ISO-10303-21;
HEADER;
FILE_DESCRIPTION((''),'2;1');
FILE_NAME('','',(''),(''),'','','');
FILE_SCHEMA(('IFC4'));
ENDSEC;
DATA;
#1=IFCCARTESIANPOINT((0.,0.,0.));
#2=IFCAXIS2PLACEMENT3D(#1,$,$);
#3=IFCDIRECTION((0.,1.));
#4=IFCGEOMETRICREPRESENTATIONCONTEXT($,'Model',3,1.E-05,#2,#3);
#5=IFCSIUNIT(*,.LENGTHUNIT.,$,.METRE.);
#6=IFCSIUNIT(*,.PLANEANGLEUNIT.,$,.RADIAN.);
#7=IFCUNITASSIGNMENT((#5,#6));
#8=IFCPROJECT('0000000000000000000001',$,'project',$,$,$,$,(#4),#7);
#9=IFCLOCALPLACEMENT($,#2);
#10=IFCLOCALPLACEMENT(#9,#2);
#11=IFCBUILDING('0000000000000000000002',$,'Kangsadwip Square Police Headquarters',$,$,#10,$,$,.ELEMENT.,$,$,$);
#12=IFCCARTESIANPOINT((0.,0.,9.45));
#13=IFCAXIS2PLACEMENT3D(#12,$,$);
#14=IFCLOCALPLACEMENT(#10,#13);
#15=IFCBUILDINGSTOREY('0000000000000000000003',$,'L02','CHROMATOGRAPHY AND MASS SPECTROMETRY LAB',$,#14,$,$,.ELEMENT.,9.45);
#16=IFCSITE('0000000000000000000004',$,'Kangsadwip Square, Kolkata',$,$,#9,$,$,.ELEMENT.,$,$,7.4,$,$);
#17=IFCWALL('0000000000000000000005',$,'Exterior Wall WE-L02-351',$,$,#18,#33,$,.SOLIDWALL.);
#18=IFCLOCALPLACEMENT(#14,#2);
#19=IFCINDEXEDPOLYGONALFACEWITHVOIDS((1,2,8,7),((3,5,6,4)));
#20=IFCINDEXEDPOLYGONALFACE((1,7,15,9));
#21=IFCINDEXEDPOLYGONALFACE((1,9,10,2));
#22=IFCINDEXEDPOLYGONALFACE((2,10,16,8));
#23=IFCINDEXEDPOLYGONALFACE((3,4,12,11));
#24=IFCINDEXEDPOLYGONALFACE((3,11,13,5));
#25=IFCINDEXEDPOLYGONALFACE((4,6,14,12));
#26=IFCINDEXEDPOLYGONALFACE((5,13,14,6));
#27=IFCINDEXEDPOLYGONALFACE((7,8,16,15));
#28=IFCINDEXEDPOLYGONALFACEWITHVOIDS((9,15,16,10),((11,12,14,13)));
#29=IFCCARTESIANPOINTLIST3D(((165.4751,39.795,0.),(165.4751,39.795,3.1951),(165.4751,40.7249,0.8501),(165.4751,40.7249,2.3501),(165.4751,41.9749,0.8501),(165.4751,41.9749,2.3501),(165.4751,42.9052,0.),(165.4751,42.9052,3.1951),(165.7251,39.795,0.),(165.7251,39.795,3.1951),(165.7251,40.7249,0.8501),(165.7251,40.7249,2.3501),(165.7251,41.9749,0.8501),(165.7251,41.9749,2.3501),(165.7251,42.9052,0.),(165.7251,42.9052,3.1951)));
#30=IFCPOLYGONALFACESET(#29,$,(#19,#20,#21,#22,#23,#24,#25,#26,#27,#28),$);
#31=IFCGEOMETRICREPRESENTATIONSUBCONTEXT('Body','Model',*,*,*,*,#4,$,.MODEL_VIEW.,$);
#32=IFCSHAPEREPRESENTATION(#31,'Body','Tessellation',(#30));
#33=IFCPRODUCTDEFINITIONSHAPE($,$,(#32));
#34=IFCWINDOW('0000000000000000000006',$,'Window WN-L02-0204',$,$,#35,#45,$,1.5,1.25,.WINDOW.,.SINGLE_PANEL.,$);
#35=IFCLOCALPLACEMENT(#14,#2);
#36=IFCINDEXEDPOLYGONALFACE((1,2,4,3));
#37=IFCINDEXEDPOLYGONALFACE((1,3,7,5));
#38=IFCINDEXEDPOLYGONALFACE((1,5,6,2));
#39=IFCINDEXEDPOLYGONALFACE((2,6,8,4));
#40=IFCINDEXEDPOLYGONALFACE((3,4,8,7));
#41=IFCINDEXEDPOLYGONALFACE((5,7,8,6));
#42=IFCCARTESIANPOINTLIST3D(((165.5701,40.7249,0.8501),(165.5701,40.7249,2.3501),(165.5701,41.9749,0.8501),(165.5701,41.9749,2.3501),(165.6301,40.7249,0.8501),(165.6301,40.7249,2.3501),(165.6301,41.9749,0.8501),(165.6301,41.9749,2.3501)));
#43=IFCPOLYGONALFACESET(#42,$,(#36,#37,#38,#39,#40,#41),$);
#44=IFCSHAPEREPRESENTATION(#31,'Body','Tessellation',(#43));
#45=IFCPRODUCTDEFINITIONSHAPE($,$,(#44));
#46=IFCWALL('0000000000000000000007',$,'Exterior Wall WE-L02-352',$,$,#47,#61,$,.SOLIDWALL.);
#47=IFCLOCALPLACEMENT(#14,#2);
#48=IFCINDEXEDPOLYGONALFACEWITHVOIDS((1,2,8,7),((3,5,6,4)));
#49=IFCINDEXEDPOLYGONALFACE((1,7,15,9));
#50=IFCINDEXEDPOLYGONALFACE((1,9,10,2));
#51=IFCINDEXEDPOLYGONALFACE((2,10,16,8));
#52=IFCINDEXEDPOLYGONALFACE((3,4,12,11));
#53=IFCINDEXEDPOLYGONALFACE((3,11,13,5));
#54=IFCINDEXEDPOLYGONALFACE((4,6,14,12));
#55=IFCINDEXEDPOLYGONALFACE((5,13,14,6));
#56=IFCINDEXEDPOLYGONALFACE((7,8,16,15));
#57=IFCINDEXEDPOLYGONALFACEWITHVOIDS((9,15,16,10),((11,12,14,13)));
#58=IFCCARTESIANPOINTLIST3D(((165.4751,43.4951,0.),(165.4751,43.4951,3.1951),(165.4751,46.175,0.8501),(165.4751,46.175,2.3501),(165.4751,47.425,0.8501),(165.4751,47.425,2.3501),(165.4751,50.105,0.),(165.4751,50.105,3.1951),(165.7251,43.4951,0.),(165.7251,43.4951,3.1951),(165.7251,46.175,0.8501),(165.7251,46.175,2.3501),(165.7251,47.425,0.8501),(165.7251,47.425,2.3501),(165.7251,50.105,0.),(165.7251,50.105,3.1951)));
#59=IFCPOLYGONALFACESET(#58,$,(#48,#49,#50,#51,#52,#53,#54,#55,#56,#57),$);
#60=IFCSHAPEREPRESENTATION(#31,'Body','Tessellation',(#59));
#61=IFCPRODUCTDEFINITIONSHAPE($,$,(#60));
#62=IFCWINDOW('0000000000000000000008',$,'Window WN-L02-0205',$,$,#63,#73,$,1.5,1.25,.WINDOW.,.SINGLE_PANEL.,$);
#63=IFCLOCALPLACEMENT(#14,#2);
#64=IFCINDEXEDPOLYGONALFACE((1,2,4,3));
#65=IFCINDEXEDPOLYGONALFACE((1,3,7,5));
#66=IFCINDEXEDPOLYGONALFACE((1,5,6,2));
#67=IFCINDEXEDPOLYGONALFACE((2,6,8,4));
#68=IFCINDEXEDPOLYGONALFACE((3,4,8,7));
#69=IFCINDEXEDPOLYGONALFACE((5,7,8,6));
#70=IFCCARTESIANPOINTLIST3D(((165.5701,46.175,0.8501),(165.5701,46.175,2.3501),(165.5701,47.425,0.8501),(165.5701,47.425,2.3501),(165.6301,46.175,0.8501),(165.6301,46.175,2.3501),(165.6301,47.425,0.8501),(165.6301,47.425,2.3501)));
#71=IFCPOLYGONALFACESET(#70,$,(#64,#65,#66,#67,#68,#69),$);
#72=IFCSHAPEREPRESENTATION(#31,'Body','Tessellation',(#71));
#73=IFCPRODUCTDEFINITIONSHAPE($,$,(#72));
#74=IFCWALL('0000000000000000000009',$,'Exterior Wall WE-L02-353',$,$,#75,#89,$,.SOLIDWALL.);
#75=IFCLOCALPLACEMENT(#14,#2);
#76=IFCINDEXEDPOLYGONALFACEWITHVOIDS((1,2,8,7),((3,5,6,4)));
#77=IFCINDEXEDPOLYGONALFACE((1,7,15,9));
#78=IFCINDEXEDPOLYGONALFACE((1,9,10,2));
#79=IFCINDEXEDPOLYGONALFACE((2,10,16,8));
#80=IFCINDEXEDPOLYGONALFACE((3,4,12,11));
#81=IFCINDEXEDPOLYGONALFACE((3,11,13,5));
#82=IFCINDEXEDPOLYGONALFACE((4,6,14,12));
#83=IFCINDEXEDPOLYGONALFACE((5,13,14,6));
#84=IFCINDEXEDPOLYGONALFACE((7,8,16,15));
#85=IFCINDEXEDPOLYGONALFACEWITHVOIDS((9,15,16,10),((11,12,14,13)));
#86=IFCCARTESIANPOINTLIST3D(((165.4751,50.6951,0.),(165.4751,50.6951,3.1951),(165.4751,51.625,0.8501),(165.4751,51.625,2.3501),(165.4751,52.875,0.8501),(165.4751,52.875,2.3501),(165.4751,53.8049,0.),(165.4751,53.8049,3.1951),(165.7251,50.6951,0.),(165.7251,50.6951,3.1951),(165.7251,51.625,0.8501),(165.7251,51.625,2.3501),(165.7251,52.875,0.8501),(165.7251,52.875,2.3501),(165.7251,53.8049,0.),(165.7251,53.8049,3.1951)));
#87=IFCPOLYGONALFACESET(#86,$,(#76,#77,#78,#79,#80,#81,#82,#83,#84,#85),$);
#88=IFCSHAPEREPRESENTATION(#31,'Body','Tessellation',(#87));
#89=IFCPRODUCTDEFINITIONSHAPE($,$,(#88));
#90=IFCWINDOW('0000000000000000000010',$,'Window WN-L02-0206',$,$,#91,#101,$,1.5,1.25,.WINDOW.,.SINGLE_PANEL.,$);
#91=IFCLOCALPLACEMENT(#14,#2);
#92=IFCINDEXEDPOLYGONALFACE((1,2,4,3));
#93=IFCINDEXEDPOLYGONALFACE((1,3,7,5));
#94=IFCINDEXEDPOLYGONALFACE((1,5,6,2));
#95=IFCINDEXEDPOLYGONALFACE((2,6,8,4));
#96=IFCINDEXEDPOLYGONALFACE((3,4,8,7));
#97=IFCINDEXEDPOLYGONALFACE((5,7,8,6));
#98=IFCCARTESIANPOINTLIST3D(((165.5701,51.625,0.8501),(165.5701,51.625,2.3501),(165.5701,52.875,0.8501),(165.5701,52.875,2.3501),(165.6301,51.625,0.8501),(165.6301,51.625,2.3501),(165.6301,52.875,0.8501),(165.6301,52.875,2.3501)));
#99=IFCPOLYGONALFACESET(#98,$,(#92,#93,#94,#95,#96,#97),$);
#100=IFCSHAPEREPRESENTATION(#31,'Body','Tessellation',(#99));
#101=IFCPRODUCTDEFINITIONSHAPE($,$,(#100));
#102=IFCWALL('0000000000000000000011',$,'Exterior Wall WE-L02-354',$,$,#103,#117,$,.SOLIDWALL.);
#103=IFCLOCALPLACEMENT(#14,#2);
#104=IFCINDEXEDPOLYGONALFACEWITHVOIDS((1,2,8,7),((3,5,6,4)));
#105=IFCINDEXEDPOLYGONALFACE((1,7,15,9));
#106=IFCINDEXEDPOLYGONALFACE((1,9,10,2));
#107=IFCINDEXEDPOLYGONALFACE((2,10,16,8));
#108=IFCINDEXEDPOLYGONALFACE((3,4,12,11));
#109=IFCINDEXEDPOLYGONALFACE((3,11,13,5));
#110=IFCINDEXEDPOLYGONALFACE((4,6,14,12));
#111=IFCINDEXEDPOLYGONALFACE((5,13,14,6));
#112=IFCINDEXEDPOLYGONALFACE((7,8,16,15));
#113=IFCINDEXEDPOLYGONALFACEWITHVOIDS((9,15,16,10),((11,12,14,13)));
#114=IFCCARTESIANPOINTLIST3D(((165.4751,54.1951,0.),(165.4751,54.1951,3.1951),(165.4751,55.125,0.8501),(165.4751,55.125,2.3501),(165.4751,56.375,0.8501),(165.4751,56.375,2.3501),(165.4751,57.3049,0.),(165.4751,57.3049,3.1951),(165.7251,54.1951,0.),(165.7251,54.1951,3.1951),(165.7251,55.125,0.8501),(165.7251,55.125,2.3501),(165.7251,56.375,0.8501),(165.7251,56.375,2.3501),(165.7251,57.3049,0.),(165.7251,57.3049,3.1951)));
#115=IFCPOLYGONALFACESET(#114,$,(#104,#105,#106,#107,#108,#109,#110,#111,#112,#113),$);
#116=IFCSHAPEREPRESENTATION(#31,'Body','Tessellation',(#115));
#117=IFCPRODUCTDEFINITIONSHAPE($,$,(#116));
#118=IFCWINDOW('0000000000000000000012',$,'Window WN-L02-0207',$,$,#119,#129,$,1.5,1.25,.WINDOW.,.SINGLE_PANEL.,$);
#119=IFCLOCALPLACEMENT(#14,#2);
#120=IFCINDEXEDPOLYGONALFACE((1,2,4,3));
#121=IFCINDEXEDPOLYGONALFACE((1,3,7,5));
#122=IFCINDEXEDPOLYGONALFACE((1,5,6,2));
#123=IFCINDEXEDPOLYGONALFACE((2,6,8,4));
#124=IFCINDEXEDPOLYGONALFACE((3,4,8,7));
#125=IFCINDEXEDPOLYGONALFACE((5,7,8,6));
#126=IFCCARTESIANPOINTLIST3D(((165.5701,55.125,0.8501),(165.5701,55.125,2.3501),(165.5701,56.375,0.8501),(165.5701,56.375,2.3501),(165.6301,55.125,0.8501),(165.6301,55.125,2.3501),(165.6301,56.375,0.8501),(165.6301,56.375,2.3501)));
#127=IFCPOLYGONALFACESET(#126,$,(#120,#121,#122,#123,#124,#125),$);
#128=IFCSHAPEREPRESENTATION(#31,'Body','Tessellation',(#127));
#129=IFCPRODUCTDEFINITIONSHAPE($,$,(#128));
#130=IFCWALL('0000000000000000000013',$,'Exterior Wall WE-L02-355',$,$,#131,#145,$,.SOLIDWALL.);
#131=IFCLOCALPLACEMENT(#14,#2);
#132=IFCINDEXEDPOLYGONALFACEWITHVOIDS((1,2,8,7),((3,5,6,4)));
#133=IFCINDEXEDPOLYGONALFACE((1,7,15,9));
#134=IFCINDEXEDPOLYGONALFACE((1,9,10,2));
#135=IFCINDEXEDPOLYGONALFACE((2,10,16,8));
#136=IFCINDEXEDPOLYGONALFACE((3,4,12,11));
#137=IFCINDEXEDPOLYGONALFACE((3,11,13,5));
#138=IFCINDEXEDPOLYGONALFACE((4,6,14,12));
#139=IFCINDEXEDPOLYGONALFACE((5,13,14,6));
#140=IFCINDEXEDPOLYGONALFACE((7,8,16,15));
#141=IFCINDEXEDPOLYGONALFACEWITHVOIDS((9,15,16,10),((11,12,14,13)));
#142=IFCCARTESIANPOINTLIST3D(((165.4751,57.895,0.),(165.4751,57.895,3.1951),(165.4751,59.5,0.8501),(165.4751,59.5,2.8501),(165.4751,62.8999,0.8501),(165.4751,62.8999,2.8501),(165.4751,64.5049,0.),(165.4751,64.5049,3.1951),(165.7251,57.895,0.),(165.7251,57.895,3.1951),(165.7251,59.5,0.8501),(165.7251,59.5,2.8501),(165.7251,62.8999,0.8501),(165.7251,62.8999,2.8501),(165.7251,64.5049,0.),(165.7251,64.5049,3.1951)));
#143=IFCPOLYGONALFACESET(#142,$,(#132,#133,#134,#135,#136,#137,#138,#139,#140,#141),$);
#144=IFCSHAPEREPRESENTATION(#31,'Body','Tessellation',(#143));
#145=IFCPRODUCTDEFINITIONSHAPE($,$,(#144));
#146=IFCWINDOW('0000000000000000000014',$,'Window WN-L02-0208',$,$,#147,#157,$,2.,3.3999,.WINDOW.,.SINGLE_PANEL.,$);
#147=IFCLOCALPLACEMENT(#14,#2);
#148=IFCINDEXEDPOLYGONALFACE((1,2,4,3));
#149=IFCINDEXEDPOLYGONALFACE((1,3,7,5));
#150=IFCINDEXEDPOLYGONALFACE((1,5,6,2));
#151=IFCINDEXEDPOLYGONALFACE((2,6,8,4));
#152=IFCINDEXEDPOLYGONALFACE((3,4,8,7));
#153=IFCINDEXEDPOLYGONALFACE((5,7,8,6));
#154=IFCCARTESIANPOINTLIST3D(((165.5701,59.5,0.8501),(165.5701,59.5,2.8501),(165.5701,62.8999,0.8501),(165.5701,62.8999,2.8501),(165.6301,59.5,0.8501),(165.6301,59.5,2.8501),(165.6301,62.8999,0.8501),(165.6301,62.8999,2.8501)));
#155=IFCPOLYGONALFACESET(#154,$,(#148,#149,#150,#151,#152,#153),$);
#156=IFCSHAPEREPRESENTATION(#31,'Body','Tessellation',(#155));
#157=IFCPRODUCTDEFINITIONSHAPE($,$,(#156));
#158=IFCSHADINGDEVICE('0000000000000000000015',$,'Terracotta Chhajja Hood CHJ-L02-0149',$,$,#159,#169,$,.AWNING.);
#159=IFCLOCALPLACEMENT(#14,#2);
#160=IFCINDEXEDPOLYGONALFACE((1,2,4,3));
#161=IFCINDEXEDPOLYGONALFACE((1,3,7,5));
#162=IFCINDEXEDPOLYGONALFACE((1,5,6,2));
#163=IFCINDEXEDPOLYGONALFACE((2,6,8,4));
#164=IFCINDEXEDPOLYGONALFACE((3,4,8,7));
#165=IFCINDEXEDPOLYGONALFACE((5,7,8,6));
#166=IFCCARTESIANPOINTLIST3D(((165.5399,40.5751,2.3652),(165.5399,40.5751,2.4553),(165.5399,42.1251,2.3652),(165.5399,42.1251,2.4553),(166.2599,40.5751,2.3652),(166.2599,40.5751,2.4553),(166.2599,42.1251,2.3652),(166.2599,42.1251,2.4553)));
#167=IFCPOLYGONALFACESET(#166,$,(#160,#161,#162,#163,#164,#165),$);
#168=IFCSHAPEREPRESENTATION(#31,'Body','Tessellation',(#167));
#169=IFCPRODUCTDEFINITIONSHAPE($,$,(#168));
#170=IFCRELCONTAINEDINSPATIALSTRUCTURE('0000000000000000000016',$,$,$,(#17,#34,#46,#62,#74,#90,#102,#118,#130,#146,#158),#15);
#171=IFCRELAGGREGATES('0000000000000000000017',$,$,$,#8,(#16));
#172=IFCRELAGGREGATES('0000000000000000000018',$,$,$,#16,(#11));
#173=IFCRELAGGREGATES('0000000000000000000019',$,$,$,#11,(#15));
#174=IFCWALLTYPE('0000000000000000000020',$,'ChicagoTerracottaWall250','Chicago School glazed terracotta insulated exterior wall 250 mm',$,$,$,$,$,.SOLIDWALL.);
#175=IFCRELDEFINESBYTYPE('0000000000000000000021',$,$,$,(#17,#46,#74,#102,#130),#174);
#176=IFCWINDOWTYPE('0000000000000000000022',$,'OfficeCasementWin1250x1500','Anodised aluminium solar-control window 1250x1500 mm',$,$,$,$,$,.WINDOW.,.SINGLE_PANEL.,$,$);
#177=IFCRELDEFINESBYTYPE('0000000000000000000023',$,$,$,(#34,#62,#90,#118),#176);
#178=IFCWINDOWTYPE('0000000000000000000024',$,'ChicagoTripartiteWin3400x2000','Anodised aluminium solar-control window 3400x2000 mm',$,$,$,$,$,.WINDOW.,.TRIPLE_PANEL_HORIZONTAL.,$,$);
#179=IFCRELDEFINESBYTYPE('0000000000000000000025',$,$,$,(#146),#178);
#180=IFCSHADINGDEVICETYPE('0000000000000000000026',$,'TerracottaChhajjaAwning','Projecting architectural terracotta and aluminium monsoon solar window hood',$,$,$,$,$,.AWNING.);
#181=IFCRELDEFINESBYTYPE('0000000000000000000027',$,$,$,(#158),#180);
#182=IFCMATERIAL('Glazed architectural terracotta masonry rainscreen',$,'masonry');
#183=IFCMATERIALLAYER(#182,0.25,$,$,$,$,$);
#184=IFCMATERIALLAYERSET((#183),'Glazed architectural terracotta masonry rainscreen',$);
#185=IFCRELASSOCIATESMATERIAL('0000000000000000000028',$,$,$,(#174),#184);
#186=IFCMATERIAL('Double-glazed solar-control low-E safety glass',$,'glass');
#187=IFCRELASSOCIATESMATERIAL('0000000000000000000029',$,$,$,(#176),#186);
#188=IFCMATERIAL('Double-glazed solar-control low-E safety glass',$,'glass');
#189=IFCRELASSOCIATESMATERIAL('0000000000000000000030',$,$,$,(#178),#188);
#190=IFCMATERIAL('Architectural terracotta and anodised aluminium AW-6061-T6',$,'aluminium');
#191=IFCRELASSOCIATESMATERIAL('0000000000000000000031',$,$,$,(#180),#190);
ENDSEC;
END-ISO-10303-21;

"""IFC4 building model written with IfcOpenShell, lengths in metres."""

from ifc_helpers import new_model, si_unit, direction, frame, frame_2d, origin, origin_2d, place, context, subcontext, project, spatial, rectangle, extrude, material, layer, layer_set, type_object, element, fill, save


model = new_model("IFC4")

# Units and contexts
model_context = context("Model", 3, precision=1e-05, world=origin(), true_north=direction((0.0, 1.0)))
body_context = subcontext(model_context, "Body", "Model", "MODEL_VIEW")
ifc_project = project(units=[si_unit("LENGTHUNIT", "METRE"), si_unit("PLANEANGLEUNIT", "RADIAN")], contexts=[model_context])

# Site, building, storey
site_placement = place(None, origin())
site = spatial("IfcSite", under=ifc_project, at=site_placement, Name="Kangsadwip Square, Kolkata", CompositionType="ELEMENT", RefElevation=7.4)
building_placement = place(site_placement, origin())
building = spatial("IfcBuilding", under=site, at=building_placement, Name="Kangsadwip Square Police Headquarters", CompositionType="ELEMENT")
storey_placement = place(building_placement, frame((0.0, 0.0, 9.45)))
storey = spatial("IfcBuildingStorey", under=building, at=storey_placement, Name="L02", Description="CHROMATOGRAPHY AND MASS SPECTROMETRY LAB", CompositionType="ELEMENT", Elevation=9.45)

# Walls, openings, windows
ifc_material_1 = material(Name="Glazed architectural terracotta masonry rainscreen", Category="masonry")
ifc_layer = layer(ifc_material_1, 0.25)
ifc_layer_set = layer_set([ifc_layer], Name="Glazed architectural terracotta masonry rainscreen")
wall_type = type_object("IfcWallType", Name="ChicagoTerracottaWall250", Description="Chicago School glazed terracotta insulated exterior wall 250 mm", PredefinedType="SOLIDWALL", material=ifc_layer_set)
wall_1_placement = place(storey_placement, frame((165.6001, 39.7949, 0.0), z_axis=(0.0, 0.0, 1.0), x_axis=(0.0, 1.0, 0.0)))
wall_1 = element("IfcWall", 1, at=wall_1_placement, inside=storey, type_object=wall_type, Name="Exterior Wall WE-L02-351", PredefinedType="SOLIDWALL", context=body_context, shape_type="SweptSolid", body=[
    extrude(rectangle(XDim=3.1101, YDim=0.25, at=frame_2d((1.5552, 0.0))), origin(), (0.0, 0.0, 1.0), 3.1951),
])
opening_1_placement = place(wall_1_placement, frame((0.9299, 0.0, 0.8501)))
opening_1 = element("IfcOpeningElement", 2, at=opening_1_placement, cuts=wall_1, PredefinedType="OPENING", context=body_context, shape_type="SweptSolid", body=[
    extrude(rectangle(XDim=1.25, YDim=1.5, at=frame_2d((0.625, 0.75))), frame((0.0, 0.135, 0.0), z_axis=(0.0, -1.0, 0.0), x_axis=(1.0, 0.0, 0.0)), (0.0, 0.0, 1.0), 0.27),
])
ifc_material_2 = material(Name="Double-glazed solar-control low-E safety glass", Category="glass")
window_type_1 = type_object("IfcWindowType", Name="OfficeCasementWin1250x1500", Description="Anodised aluminium solar-control window 1250x1500 mm", PartitioningType="SINGLE_PANEL", PredefinedType="WINDOW", material=ifc_material_2)
window_1_placement = place(opening_1_placement, origin())
window_1 = element("IfcWindow", 3, at=window_1_placement, inside=storey, type_object=window_type_1, Name="Window WN-L02-0204", OverallHeight=1.5, OverallWidth=1.25, PartitioningType="SINGLE_PANEL", PredefinedType="WINDOW", context=body_context, shape_type="SweptSolid", body=[
    extrude(rectangle(XDim=1.25, YDim=1.5, at=frame_2d((0.625, 0.75))), frame((0.0, 0.03, 0.0), z_axis=(0.0, -1.0, 0.0), x_axis=(1.0, 0.0, 0.0)), (0.0, 0.0, 1.0), 0.0601),
])
fill(opening_1, window_1)
wall_2_placement = place(storey_placement, frame((165.6001, 43.4951, 0.0), z_axis=(0.0, 0.0, 1.0), x_axis=(0.0, 1.0, 0.0)))
wall_2 = element("IfcWall", 4, at=wall_2_placement, inside=storey, type_object=wall_type, Name="Exterior Wall WE-L02-352", PredefinedType="SOLIDWALL", context=body_context, shape_type="SweptSolid", body=[
    extrude(rectangle(XDim=6.6099, YDim=0.25, at=frame_2d((3.3049, 0.0))), origin(), (0.0, 0.0, 1.0), 3.1951),
])
opening_2_placement = place(wall_2_placement, frame((2.6799, 0.0, 0.8501)))
opening_2 = element("IfcOpeningElement", 5, at=opening_2_placement, cuts=wall_2, PredefinedType="OPENING", context=body_context, shape_type="SweptSolid", body=[
    extrude(rectangle(XDim=1.25, YDim=1.5, at=frame_2d((0.625, 0.75))), frame((0.0, 0.135, 0.0), z_axis=(0.0, -1.0, 0.0), x_axis=(1.0, 0.0, 0.0)), (0.0, 0.0, 1.0), 0.27),
])
window_2_placement = place(opening_2_placement, origin())
window_2 = element("IfcWindow", 6, at=window_2_placement, inside=storey, type_object=window_type_1, Name="Window WN-L02-0205", OverallHeight=1.5, OverallWidth=1.25, PartitioningType="SINGLE_PANEL", PredefinedType="WINDOW", context=body_context, shape_type="SweptSolid", body=[
    extrude(rectangle(XDim=1.25, YDim=1.5, at=frame_2d((0.625, 0.75))), frame((0.0, 0.03, 0.0), z_axis=(0.0, -1.0, 0.0), x_axis=(1.0, 0.0, 0.0)), (0.0, 0.0, 1.0), 0.0601),
])
fill(opening_2, window_2)
wall_3_placement = place(storey_placement, frame((165.6001, 50.6951, 0.0), z_axis=(0.0, 0.0, 1.0), x_axis=(0.0, 1.0, 0.0)))
wall_3 = element("IfcWall", 7, at=wall_3_placement, inside=storey, type_object=wall_type, Name="Exterior Wall WE-L02-353", PredefinedType="SOLIDWALL", context=body_context, shape_type="SweptSolid", body=[
    extrude(rectangle(XDim=3.1099, YDim=0.25, at=frame_2d((1.5549, 0.0))), origin(), (0.0, 0.0, 1.0), 3.1951),
])
opening_3_placement = place(wall_3_placement, frame((0.9299, 0.0, 0.8501)))
opening_3 = element("IfcOpeningElement", 8, at=opening_3_placement, cuts=wall_3, PredefinedType="OPENING", context=body_context, shape_type="SweptSolid", body=[
    extrude(rectangle(XDim=1.25, YDim=1.5, at=frame_2d((0.625, 0.75))), frame((0.0, 0.135, 0.0), z_axis=(0.0, -1.0, 0.0), x_axis=(1.0, 0.0, 0.0)), (0.0, 0.0, 1.0), 0.27),
])
window_3_placement = place(opening_3_placement, origin())
window_3 = element("IfcWindow", 9, at=window_3_placement, inside=storey, type_object=window_type_1, Name="Window WN-L02-0206", OverallHeight=1.5, OverallWidth=1.25, PartitioningType="SINGLE_PANEL", PredefinedType="WINDOW", context=body_context, shape_type="SweptSolid", body=[
    extrude(rectangle(XDim=1.25, YDim=1.5, at=frame_2d((0.625, 0.75))), frame((0.0, 0.03, 0.0), z_axis=(0.0, -1.0, 0.0), x_axis=(1.0, 0.0, 0.0)), (0.0, 0.0, 1.0), 0.0601),
])
fill(opening_3, window_3)
wall_4_placement = place(storey_placement, frame((165.6001, 54.1951, 0.0), z_axis=(0.0, 0.0, 1.0), x_axis=(0.0, 1.0, 0.0)))
wall_4 = element("IfcWall", 10, at=wall_4_placement, inside=storey, type_object=wall_type, Name="Exterior Wall WE-L02-354", PredefinedType="SOLIDWALL", context=body_context, shape_type="SweptSolid", body=[
    extrude(rectangle(XDim=3.1099, YDim=0.25, at=frame_2d((1.5549, 0.0))), origin(), (0.0, 0.0, 1.0), 3.1951),
])
opening_4_placement = place(wall_4_placement, frame((0.9299, 0.0, 0.8501)))
opening_4 = element("IfcOpeningElement", 11, at=opening_4_placement, cuts=wall_4, PredefinedType="OPENING", context=body_context, shape_type="SweptSolid", body=[
    extrude(rectangle(XDim=1.25, YDim=1.5, at=frame_2d((0.625, 0.75))), frame((0.0, 0.135, 0.0), z_axis=(0.0, -1.0, 0.0), x_axis=(1.0, 0.0, 0.0)), (0.0, 0.0, 1.0), 0.27),
])
window_4_placement = place(opening_4_placement, origin())
window_4 = element("IfcWindow", 12, at=window_4_placement, inside=storey, type_object=window_type_1, Name="Window WN-L02-0207", OverallHeight=1.5, OverallWidth=1.25, PartitioningType="SINGLE_PANEL", PredefinedType="WINDOW", context=body_context, shape_type="SweptSolid", body=[
    extrude(rectangle(XDim=1.25, YDim=1.5, at=frame_2d((0.625, 0.75))), frame((0.0, 0.03, 0.0), z_axis=(0.0, -1.0, 0.0), x_axis=(1.0, 0.0, 0.0)), (0.0, 0.0, 1.0), 0.0601),
])
fill(opening_4, window_4)
wall_5_placement = place(storey_placement, frame((165.6001, 57.895, 0.0), z_axis=(0.0, 0.0, 1.0), x_axis=(0.0, 1.0, 0.0)))
wall_5 = element("IfcWall", 13, at=wall_5_placement, inside=storey, type_object=wall_type, Name="Exterior Wall WE-L02-355", PredefinedType="SOLIDWALL", context=body_context, shape_type="SweptSolid", body=[
    extrude(rectangle(XDim=6.6099, YDim=0.25, at=frame_2d((3.3049, 0.0))), origin(), (0.0, 0.0, 1.0), 3.1951),
])
opening_5_placement = place(wall_5_placement, frame((1.605, 0.0, 0.8501)))
opening_5 = element("IfcOpeningElement", 14, at=opening_5_placement, cuts=wall_5, PredefinedType="OPENING", context=body_context, shape_type="SweptSolid", body=[
    extrude(rectangle(XDim=3.3999, YDim=2.0, at=frame_2d((1.7, 1.0))), frame((0.0, 0.135, 0.0), z_axis=(0.0, -1.0, 0.0), x_axis=(1.0, 0.0, 0.0)), (0.0, 0.0, 1.0), 0.27),
])
ifc_material_3 = material(Name="Double-glazed solar-control low-E safety glass", Category="glass")
window_type_2 = type_object("IfcWindowType", Name="ChicagoTripartiteWin3400x2000", Description="Anodised aluminium solar-control window 3400x2000 mm", PartitioningType="TRIPLE_PANEL_HORIZONTAL", PredefinedType="WINDOW", material=ifc_material_3)
window_5_placement = place(opening_5_placement, origin())
window_5 = element("IfcWindow", 15, at=window_5_placement, inside=storey, type_object=window_type_2, Name="Window WN-L02-0208", OverallHeight=2.0, OverallWidth=3.3999, PartitioningType="SINGLE_PANEL", PredefinedType="WINDOW", context=body_context, shape_type="SweptSolid", body=[
    extrude(rectangle(XDim=3.3999, YDim=2.0, at=frame_2d((1.7, 1.0))), frame((0.0, 0.03, 0.0), z_axis=(0.0, -1.0, 0.0), x_axis=(1.0, 0.0, 0.0)), (0.0, 0.0, 1.0), 0.0601),
])
fill(opening_5, window_5)

# Shading device
ifc_material_4 = material(Name="Architectural terracotta and anodised aluminium AW-6061-T6", Category="aluminium")
shading_device_type = type_object("IfcShadingDeviceType", Name="TerracottaChhajjaAwning", Description="Projecting architectural terracotta and aluminium monsoon solar window hood", PredefinedType="AWNING", material=ifc_material_4)
for number, where, z_axis, x_axis, name in (
    (16, (165.8999, 41.3501, 2.3652), (0.0, 0.0, 1.0), (0.0, 1.0, 0.0), "Terracotta Chhajja Hood CHJ-L02-0149"),
):
    element("IfcShadingDevice", number, at=place(storey_placement, frame(where, z_axis=z_axis, x_axis=x_axis)), inside=storey, type_object=shading_device_type, Name=name, PredefinedType="AWNING", context=body_context, shape_type="SweptSolid", body=[
        extrude(rectangle(XDim=1.55, YDim=0.72, at=origin_2d()), origin(), (0.0, 0.0, 1.0), 0.0901),
    ])

save(model, "model.ifc")
